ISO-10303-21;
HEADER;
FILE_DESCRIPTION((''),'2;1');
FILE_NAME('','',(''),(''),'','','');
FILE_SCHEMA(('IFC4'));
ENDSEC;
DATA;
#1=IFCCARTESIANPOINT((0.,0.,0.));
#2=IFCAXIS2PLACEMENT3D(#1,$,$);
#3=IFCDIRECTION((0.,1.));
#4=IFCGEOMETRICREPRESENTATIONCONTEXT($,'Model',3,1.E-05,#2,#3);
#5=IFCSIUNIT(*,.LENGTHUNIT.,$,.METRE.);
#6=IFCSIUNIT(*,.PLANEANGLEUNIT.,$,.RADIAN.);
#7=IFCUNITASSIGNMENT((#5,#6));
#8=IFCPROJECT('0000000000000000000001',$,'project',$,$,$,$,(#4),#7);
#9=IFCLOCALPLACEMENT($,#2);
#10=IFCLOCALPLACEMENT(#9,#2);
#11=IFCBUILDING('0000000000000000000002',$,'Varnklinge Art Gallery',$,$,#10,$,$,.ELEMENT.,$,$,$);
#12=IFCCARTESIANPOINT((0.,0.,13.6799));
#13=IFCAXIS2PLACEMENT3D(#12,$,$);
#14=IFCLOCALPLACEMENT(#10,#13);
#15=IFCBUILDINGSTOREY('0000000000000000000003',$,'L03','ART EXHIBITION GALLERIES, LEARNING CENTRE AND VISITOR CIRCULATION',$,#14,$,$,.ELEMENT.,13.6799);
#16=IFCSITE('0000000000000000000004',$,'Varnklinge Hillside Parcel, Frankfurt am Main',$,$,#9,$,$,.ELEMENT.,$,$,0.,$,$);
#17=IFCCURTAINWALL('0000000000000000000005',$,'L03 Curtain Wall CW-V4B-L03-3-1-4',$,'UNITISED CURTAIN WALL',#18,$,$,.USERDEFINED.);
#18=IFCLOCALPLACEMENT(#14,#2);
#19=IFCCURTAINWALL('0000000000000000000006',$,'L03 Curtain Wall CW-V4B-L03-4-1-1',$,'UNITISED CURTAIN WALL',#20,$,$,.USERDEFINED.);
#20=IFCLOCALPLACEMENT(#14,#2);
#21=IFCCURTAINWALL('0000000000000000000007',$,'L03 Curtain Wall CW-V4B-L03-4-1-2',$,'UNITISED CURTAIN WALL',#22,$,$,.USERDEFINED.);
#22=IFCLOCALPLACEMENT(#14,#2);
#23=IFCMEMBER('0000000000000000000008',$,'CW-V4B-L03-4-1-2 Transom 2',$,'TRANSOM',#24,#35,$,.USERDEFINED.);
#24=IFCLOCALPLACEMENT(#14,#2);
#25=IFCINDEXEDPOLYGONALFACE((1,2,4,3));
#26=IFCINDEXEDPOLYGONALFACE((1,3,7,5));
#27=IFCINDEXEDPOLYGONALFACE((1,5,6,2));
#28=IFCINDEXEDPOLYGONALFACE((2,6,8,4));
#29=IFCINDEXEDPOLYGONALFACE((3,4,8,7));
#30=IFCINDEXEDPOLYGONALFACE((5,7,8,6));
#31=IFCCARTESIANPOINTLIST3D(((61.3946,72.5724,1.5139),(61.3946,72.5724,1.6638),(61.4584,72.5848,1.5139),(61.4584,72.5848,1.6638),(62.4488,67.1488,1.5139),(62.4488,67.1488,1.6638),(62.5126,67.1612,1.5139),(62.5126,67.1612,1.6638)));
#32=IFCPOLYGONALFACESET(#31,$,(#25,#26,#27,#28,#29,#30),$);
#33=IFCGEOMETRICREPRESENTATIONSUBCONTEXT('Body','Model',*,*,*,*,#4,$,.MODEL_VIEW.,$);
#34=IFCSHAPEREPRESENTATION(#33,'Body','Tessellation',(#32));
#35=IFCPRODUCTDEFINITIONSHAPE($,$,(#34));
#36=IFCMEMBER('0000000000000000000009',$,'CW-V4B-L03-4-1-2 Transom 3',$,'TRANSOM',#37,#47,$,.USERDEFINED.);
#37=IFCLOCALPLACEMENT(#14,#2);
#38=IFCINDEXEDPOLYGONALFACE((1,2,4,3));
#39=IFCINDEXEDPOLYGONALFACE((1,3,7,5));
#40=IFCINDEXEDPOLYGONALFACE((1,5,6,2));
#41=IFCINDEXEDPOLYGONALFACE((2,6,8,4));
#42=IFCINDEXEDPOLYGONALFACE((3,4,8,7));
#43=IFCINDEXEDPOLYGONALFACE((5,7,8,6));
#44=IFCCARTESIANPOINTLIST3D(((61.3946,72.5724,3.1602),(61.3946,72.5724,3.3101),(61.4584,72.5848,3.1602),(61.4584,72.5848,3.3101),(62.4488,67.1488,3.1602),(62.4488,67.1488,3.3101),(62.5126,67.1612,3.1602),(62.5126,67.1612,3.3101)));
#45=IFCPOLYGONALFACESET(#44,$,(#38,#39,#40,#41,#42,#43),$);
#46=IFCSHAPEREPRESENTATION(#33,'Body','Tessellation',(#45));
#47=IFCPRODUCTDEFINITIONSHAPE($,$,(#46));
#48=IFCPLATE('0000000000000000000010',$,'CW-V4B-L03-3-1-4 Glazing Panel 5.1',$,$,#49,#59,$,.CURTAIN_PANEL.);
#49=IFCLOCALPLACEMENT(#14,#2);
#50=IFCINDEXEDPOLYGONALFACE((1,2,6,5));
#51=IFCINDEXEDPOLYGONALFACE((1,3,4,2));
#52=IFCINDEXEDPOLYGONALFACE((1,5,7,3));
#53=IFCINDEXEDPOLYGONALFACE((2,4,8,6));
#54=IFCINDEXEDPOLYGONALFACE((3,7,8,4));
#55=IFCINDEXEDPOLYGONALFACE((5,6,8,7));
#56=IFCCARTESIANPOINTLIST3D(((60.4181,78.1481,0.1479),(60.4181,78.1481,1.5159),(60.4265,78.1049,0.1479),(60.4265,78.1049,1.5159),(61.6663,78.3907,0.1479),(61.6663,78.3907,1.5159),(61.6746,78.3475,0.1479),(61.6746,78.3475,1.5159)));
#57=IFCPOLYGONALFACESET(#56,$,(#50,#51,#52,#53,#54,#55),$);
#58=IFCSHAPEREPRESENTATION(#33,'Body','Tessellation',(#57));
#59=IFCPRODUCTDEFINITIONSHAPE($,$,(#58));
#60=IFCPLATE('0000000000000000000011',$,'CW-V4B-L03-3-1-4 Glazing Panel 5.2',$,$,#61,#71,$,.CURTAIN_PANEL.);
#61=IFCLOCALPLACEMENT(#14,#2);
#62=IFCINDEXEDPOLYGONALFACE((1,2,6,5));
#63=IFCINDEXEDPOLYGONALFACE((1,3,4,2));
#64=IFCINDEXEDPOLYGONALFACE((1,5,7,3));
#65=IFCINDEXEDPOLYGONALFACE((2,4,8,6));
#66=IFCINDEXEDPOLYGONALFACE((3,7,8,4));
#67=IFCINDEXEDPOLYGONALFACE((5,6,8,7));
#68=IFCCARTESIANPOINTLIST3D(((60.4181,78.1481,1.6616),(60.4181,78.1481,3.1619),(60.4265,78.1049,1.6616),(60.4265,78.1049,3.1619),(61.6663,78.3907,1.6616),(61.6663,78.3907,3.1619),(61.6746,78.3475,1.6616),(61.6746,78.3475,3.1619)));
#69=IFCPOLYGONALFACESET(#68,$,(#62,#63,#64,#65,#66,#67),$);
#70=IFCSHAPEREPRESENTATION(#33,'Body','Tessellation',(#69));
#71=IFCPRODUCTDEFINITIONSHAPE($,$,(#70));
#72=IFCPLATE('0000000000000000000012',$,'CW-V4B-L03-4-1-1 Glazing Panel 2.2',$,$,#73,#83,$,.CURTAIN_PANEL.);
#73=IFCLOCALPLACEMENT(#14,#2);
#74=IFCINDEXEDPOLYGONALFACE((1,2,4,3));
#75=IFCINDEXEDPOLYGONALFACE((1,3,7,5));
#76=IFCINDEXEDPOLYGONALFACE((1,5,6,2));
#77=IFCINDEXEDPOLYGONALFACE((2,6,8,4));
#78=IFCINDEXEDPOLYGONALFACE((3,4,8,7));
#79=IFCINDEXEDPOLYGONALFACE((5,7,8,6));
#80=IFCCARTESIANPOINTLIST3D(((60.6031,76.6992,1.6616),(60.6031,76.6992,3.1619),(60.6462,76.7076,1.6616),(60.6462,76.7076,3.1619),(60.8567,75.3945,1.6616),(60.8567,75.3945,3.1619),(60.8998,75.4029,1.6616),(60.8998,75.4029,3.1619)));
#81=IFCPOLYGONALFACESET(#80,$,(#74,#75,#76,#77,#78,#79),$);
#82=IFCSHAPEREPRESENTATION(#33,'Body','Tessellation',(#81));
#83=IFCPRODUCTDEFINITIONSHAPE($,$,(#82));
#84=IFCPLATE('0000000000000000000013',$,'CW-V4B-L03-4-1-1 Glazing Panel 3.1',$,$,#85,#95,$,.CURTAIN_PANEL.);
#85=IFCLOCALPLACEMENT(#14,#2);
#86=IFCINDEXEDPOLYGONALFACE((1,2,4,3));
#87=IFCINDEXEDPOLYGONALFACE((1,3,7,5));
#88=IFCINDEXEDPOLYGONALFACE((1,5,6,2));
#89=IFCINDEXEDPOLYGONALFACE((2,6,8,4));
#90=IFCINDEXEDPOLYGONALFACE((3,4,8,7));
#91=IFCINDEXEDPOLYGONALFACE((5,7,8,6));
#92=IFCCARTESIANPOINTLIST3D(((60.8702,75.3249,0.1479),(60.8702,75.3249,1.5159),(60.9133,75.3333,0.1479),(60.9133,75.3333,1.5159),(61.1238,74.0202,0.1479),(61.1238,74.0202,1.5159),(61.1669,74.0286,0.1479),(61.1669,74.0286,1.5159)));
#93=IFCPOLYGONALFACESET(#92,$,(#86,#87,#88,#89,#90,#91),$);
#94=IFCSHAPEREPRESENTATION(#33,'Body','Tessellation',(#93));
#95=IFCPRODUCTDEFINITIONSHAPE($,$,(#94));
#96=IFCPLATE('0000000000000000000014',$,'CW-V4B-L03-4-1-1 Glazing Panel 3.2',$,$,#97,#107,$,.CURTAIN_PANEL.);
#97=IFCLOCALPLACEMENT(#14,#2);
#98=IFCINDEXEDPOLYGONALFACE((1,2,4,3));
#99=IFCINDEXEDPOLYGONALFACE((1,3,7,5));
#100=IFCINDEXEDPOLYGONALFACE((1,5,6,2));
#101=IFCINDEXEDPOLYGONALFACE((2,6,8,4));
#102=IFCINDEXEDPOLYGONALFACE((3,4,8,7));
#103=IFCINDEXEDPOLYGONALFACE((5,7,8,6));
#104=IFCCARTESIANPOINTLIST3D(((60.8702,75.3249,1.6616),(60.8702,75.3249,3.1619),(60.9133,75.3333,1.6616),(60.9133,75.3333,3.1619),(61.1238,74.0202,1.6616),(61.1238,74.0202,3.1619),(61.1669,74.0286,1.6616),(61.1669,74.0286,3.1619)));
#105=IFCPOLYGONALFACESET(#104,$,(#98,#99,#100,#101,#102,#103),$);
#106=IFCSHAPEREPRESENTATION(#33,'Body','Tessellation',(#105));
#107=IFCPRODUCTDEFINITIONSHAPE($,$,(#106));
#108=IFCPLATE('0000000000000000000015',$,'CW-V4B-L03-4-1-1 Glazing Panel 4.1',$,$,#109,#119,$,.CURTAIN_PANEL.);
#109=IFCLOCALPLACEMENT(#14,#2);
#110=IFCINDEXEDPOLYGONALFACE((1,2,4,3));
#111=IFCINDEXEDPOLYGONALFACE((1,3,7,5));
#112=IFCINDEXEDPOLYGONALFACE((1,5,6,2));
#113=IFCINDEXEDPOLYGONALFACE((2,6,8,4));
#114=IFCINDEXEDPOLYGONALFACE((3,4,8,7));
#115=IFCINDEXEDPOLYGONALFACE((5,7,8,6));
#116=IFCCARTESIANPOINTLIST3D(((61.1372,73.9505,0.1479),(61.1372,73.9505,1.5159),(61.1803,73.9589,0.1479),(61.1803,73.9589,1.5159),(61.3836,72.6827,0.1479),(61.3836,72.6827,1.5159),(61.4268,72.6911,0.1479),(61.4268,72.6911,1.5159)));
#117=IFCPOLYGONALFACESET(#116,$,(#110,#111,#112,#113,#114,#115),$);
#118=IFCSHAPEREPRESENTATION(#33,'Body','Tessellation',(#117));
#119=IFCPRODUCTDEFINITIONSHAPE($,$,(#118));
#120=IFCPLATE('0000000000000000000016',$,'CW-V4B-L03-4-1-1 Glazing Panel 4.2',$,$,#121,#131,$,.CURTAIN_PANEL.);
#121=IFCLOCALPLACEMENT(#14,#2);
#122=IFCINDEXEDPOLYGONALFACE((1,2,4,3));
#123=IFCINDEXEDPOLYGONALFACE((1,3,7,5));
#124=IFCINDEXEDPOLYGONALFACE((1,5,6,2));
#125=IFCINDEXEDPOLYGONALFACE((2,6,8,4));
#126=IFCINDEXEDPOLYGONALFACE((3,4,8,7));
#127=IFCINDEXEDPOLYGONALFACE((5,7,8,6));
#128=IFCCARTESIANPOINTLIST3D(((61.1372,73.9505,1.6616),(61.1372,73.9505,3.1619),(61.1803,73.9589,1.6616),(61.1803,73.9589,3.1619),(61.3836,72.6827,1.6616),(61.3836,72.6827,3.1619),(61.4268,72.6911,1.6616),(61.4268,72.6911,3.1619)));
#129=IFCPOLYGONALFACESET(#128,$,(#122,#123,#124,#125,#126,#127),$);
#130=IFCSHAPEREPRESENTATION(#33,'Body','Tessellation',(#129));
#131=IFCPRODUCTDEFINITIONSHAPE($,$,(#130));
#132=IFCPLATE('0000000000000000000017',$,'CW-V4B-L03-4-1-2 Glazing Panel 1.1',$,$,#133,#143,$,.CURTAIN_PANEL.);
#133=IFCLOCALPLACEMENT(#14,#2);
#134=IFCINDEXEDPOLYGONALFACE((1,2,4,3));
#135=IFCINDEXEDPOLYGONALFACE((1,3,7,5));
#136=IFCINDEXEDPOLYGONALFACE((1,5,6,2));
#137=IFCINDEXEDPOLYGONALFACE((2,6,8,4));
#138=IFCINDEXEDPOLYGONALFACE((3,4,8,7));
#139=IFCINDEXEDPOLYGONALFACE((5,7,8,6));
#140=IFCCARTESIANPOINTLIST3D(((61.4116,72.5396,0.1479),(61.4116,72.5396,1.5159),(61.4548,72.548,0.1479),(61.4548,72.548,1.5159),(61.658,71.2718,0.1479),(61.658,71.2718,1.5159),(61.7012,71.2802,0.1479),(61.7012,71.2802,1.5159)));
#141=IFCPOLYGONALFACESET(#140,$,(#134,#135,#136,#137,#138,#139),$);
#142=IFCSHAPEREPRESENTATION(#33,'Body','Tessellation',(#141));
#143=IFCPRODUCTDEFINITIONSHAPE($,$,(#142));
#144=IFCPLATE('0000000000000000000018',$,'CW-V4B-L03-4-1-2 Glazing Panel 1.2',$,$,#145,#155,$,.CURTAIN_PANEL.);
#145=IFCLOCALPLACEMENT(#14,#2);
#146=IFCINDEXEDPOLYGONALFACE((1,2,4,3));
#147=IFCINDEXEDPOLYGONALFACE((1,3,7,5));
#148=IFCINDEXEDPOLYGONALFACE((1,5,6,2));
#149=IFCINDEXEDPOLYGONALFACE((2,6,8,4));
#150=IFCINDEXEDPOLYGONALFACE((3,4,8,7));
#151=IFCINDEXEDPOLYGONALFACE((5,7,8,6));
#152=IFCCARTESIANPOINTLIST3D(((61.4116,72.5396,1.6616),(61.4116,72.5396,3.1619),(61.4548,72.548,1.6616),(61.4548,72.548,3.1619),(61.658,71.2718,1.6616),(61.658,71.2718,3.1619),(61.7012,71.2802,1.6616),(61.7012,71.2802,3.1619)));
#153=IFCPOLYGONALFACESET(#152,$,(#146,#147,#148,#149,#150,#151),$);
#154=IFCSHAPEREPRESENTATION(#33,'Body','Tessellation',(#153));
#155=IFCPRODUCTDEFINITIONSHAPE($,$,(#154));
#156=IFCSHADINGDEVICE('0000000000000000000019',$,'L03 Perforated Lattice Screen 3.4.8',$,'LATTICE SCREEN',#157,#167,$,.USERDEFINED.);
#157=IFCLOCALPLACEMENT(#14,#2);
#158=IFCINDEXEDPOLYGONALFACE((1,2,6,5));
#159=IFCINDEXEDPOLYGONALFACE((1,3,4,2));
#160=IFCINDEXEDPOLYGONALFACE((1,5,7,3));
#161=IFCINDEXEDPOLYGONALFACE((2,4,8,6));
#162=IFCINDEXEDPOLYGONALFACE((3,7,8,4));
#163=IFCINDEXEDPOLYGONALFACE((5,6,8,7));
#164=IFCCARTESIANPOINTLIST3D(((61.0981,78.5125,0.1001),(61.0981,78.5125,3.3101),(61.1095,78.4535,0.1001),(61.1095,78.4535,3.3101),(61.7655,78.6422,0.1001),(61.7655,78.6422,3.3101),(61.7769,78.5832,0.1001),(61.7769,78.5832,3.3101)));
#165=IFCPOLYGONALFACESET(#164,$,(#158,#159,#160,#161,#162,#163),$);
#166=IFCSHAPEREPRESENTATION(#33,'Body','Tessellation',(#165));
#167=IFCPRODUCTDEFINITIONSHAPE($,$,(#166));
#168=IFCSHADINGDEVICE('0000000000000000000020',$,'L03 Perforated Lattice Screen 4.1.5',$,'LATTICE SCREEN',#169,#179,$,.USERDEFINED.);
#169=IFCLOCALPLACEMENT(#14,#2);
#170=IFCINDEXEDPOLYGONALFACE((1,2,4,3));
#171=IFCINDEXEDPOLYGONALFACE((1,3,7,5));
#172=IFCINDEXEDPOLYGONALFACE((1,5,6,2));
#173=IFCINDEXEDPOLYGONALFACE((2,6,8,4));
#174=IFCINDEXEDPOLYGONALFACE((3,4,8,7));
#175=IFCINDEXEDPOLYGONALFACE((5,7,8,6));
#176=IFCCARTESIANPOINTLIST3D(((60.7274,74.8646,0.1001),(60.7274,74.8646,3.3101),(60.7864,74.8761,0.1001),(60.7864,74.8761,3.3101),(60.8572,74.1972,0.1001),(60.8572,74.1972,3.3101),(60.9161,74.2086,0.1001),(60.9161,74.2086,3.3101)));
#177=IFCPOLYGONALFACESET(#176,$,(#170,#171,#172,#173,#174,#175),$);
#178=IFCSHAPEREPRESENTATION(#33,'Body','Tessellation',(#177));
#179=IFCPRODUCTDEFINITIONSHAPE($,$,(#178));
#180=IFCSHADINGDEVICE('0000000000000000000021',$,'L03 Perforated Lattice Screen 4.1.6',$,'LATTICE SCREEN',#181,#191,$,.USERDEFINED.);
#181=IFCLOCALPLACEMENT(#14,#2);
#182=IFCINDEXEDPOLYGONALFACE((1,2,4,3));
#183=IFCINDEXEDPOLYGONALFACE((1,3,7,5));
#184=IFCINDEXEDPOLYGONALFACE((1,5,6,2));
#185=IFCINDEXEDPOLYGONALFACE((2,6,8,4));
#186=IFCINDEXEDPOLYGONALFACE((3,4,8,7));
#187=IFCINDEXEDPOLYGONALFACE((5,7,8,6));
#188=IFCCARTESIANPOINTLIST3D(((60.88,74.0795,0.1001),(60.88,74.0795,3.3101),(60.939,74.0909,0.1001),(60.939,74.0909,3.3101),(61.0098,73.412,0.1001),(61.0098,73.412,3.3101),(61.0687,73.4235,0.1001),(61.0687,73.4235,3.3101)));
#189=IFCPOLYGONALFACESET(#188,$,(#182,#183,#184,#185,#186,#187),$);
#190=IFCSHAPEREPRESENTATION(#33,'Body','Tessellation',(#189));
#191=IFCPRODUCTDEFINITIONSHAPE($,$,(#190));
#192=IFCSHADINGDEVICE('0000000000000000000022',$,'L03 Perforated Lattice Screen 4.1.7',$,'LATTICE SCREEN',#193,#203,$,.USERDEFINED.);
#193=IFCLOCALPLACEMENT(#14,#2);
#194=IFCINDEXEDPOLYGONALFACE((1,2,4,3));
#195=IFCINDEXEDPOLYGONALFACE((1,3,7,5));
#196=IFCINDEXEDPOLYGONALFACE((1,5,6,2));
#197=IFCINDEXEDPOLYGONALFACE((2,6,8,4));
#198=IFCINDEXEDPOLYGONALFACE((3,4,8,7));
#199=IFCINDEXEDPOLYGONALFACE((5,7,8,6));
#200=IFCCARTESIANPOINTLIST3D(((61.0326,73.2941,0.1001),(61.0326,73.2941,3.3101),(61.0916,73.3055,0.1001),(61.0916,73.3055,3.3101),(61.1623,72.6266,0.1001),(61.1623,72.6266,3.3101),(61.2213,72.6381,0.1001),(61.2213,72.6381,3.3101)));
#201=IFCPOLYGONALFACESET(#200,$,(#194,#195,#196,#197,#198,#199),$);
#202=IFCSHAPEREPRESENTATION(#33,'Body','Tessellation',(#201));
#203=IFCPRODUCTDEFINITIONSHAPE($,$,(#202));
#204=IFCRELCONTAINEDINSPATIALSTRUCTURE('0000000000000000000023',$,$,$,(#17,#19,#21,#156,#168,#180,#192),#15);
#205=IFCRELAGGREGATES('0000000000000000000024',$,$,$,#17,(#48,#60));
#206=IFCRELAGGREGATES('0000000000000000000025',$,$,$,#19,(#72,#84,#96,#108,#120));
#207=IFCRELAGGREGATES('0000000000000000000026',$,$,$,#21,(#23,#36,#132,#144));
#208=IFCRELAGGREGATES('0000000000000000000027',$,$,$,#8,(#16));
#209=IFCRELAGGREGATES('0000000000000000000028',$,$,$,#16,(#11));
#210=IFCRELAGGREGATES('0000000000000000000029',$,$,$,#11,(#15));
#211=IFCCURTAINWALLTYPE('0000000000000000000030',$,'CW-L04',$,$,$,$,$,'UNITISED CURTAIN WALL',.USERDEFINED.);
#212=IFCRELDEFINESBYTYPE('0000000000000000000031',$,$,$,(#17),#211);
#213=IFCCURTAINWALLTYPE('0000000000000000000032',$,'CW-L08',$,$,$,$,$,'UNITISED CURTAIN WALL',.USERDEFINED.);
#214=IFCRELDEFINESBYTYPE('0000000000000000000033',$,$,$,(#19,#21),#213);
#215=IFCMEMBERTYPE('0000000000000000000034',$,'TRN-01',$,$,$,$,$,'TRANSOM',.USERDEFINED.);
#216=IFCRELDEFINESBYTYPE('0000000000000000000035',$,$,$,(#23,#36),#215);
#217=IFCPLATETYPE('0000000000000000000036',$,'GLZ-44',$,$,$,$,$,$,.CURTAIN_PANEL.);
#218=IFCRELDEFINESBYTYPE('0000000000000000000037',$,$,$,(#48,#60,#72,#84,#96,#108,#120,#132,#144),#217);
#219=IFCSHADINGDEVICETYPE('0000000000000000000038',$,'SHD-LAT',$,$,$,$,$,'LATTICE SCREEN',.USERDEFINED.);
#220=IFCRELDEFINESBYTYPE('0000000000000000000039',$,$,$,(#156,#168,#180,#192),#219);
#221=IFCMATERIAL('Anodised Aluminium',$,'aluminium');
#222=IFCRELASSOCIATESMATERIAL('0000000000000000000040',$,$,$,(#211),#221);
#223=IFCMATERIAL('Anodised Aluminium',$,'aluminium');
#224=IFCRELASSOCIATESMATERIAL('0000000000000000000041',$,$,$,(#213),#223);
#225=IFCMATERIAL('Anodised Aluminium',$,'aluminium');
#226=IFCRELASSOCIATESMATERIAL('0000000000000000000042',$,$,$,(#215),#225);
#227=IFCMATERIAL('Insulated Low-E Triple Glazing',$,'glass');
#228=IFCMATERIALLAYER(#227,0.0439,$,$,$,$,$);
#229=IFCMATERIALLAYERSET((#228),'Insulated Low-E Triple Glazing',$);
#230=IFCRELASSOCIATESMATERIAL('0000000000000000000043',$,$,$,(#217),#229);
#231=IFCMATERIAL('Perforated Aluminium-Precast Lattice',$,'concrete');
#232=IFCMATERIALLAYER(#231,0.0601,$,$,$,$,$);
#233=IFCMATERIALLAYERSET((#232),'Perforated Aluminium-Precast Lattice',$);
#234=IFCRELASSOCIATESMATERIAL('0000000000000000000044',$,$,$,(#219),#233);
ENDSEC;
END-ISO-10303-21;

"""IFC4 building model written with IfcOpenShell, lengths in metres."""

from ifc_helpers import new_model, si_unit, direction, frame, origin, origin_2d, place, context, subcontext, project, spatial, rectangle, extrude, material, layer, layer_set, material_profile, profile_set, type_object, element, aggregate, save


model = new_model("IFC4")

# Units and contexts
model_context = context("Model", 3, precision=1e-05, world=origin(), true_north=direction((0.0, 1.0)))
body_context = subcontext(model_context, "Body", "Model", "MODEL_VIEW")
ifc_project = project(units=[si_unit("LENGTHUNIT", "METRE"), si_unit("PLANEANGLEUNIT", "RADIAN")], contexts=[model_context])

# Site, building, storey
site_placement = place(None, origin())
site = spatial("IfcSite", under=ifc_project, at=site_placement, Name="Varnklinge Hillside Parcel, Frankfurt am Main", CompositionType="ELEMENT", RefElevation=0.0)
building_placement = place(site_placement, origin())
building = spatial("IfcBuilding", under=site, at=building_placement, Name="Varnklinge Art Gallery", CompositionType="ELEMENT")
storey_placement = place(building_placement, frame((0.0, 0.0, 13.6799)))
storey = spatial("IfcBuildingStorey", under=building, at=storey_placement, Name="L03", Description="ART EXHIBITION GALLERIES, LEARNING CENTRE AND VISITOR CIRCULATION", CompositionType="ELEMENT", Elevation=13.6799)

# Curtain wall
ifc_material_1 = material(Name="Anodised Aluminium", Category="aluminium")
curtain_wall_type_1 = type_object("IfcCurtainWallType", Name="CW-L04", ElementType="UNITISED CURTAIN WALL", PredefinedType="USERDEFINED", material=ifc_material_1)
curtain_wall_1_placement = place(storey_placement, origin())
curtain_wall_1 = element("IfcCurtainWall", 1, at=curtain_wall_1_placement, inside=storey, type_object=curtain_wall_type_1, Name="L03 Curtain Wall CW-V4B-L03-3-1-4", ObjectType="UNITISED CURTAIN WALL", PredefinedType="USERDEFINED")

# Curtain walls
ifc_material_2 = material(Name="Anodised Aluminium", Category="aluminium")
curtain_wall_type_2 = type_object("IfcCurtainWallType", Name="CW-L08", ElementType="UNITISED CURTAIN WALL", PredefinedType="USERDEFINED", material=ifc_material_2)
curtain_wall_2_placement = place(storey_placement, origin())
curtain_wall_2 = element("IfcCurtainWall", 2, at=curtain_wall_2_placement, inside=storey, type_object=curtain_wall_type_2, Name="L03 Curtain Wall CW-V4B-L03-4-1-1", ObjectType="UNITISED CURTAIN WALL", PredefinedType="USERDEFINED")
curtain_wall_3_placement = place(storey_placement, origin())
curtain_wall_3 = element("IfcCurtainWall", 3, at=curtain_wall_3_placement, inside=storey, type_object=curtain_wall_type_2, Name="L03 Curtain Wall CW-V4B-L03-4-1-2", ObjectType="UNITISED CURTAIN WALL", PredefinedType="USERDEFINED")

# Members
ifc_material_3 = material(Name="Anodised Aluminium", Category="aluminium")
ifc_material_profile_1 = material_profile(ifc_material_3, rectangle(XDim=0.0649, YDim=0.1499, at=origin_2d()), Name="ALU 65x150")
ifc_profile_set_1 = profile_set([ifc_material_profile_1], Name="Anodised Aluminium")
member_type_1 = type_object("IfcMemberType", Name="TRN-01", ElementType="TRANSOM", PredefinedType="USERDEFINED", material=ifc_profile_set_1)
member_1_placement = place(storey_placement, frame((61.4265, 72.5786, 1.5889), z_axis=(0.190802, -0.981628, 0.0), x_axis=(0.981628, 0.190802, 0.0)))
member_1 = element("IfcMember", 4, at=member_1_placement, type_object=member_type_1, Name="CW-V4B-L03-4-1-2 Transom 2", ObjectType="TRANSOM", PredefinedType="USERDEFINED", context=body_context, shape_type="SweptSolid", body=[
    extrude(rectangle(XDim=0.0649, YDim=0.1499, at=origin_2d()), origin(), (0.0, 0.0, 1.0), 5.5251),
])
member_2_placement = place(storey_placement, frame((61.4265, 72.5786, 3.2351), z_axis=(0.190802, -0.981628, 0.0), x_axis=(0.981628, 0.190802, 0.0)))
member_2 = element("IfcMember", 5, at=member_2_placement, type_object=member_type_1, Name="CW-V4B-L03-4-1-2 Transom 3", ObjectType="TRANSOM", PredefinedType="USERDEFINED", context=body_context, shape_type="SweptSolid", body=[
    extrude(rectangle(XDim=0.0649, YDim=0.1499, at=origin_2d()), origin(), (0.0, 0.0, 1.0), 5.5251),
])

# Plates
ifc_material_4 = material(Name="Insulated Low-E Triple Glazing", Category="glass")
ifc_layer_1 = layer(ifc_material_4, 0.0439)
ifc_layer_set_1 = layer_set([ifc_layer_1], Name="Insulated Low-E Triple Glazing")
plate_type = type_object("IfcPlateType", Name="GLZ-44", PredefinedType="CURTAIN_PANEL", material=ifc_layer_set_1)
plate_1_placement = place(storey_placement, frame((61.0464, 78.2478, 0.1479), z_axis=(0.0, 0.0, 1.0), x_axis=(-0.981627, -0.190809, 0.0)))
plate_1 = element("IfcPlate", 6, at=plate_1_placement, type_object=plate_type, Name="CW-V4B-L03-3-1-4 Glazing Panel 5.1", PredefinedType="CURTAIN_PANEL", context=body_context, shape_type="SweptSolid", body=[
    extrude(rectangle(XDim=1.2715, YDim=0.0439, at=origin_2d()), origin(), (0.0, 0.0, 1.0), 1.3679),
])
plate_2_placement = place(storey_placement, frame((61.0464, 78.2478, 1.6616), z_axis=(0.0, 0.0, 1.0), x_axis=(-0.981627, -0.190809, 0.0)))
plate_2 = element("IfcPlate", 7, at=plate_2_placement, type_object=plate_type, Name="CW-V4B-L03-3-1-4 Glazing Panel 5.2", PredefinedType="CURTAIN_PANEL", context=body_context, shape_type="SweptSolid", body=[
    extrude(rectangle(XDim=1.2715, YDim=0.0439, at=origin_2d()), origin(), (0.0, 0.0, 1.0), 1.5002),
])
aggregate(curtain_wall_1, [plate_1, plate_2])
plate_3_placement = place(storey_placement, frame((60.7515, 76.051, 1.6616), z_axis=(0.0, 0.0, 1.0), x_axis=(0.190809, -0.981627, 0.0)))
plate_3 = element("IfcPlate", 8, at=plate_3_placement, type_object=plate_type, Name="CW-V4B-L03-4-1-1 Glazing Panel 2.2", PredefinedType="CURTAIN_PANEL", context=body_context, shape_type="SweptSolid", body=[
    extrude(rectangle(XDim=1.3291, YDim=0.0439, at=origin_2d()), origin(), (0.0, 0.0, 1.0), 1.5002),
])
plate_4_placement = place(storey_placement, frame((61.0186, 74.6768, 0.1479), z_axis=(0.0, 0.0, 1.0), x_axis=(0.190809, -0.981627, 0.0)))
plate_4 = element("IfcPlate", 9, at=plate_4_placement, type_object=plate_type, Name="CW-V4B-L03-4-1-1 Glazing Panel 3.1", PredefinedType="CURTAIN_PANEL", context=body_context, shape_type="SweptSolid", body=[
    extrude(rectangle(XDim=1.3291, YDim=0.0439, at=origin_2d()), origin(), (0.0, 0.0, 1.0), 1.3679),
])
plate_5_placement = place(storey_placement, frame((61.0186, 74.6768, 1.6616), z_axis=(0.0, 0.0, 1.0), x_axis=(0.190809, -0.981627, 0.0)))
plate_5 = element("IfcPlate", 10, at=plate_5_placement, type_object=plate_type, Name="CW-V4B-L03-4-1-1 Glazing Panel 3.2", PredefinedType="CURTAIN_PANEL", context=body_context, shape_type="SweptSolid", body=[
    extrude(rectangle(XDim=1.3291, YDim=0.0439, at=origin_2d()), origin(), (0.0, 0.0, 1.0), 1.5002),
])
plate_6_placement = place(storey_placement, frame((61.282, 73.3208, 0.1479), z_axis=(0.0, 0.0, 1.0), x_axis=(0.190809, -0.981627, 0.0)))
plate_6 = element("IfcPlate", 11, at=plate_6_placement, type_object=plate_type, Name="CW-V4B-L03-4-1-1 Glazing Panel 4.1", PredefinedType="CURTAIN_PANEL", context=body_context, shape_type="SweptSolid", body=[
    extrude(rectangle(XDim=1.2915, YDim=0.0439, at=origin_2d()), origin(), (0.0, 0.0, 1.0), 1.3679),
])
plate_7_placement = place(storey_placement, frame((61.282, 73.3208, 1.6616), z_axis=(0.0, 0.0, 1.0), x_axis=(0.190809, -0.981627, 0.0)))
plate_7 = element("IfcPlate", 12, at=plate_7_placement, type_object=plate_type, Name="CW-V4B-L03-4-1-1 Glazing Panel 4.2", PredefinedType="CURTAIN_PANEL", context=body_context, shape_type="SweptSolid", body=[
    extrude(rectangle(XDim=1.2915, YDim=0.0439, at=origin_2d()), origin(), (0.0, 0.0, 1.0), 1.5002),
])
aggregate(curtain_wall_2, [plate_3, plate_4, plate_5, plate_6, plate_7])
plate_8_placement = place(storey_placement, frame((61.5564, 71.9099, 0.1479), z_axis=(0.0, 0.0, 1.0), x_axis=(0.190809, -0.981627, 0.0)))
plate_8 = element("IfcPlate", 13, at=plate_8_placement, type_object=plate_type, Name="CW-V4B-L03-4-1-2 Glazing Panel 1.1", PredefinedType="CURTAIN_PANEL", context=body_context, shape_type="SweptSolid", body=[
    extrude(rectangle(XDim=1.2915, YDim=0.0439, at=origin_2d()), origin(), (0.0, 0.0, 1.0), 1.3679),
])
plate_9_placement = place(storey_placement, frame((61.5564, 71.9099, 1.6616), z_axis=(0.0, 0.0, 1.0), x_axis=(0.190809, -0.981627, 0.0)))
plate_9 = element("IfcPlate", 14, at=plate_9_placement, type_object=plate_type, Name="CW-V4B-L03-4-1-2 Glazing Panel 1.2", PredefinedType="CURTAIN_PANEL", context=body_context, shape_type="SweptSolid", body=[
    extrude(rectangle(XDim=1.2915, YDim=0.0439, at=origin_2d()), origin(), (0.0, 0.0, 1.0), 1.5002),
])
aggregate(curtain_wall_3, [member_1, member_2, plate_8, plate_9])

# Shading devices
ifc_material_5 = material(Name="Perforated Aluminium-Precast Lattice", Category="concrete")
ifc_layer_2 = layer(ifc_material_5, 0.0601)
ifc_layer_set_2 = layer_set([ifc_layer_2], Name="Perforated Aluminium-Precast Lattice")
shading_device_type = type_object("IfcShadingDeviceType", Name="SHD-LAT", ElementType="LATTICE SCREEN", PredefinedType="USERDEFINED", material=ifc_layer_set_2)
for number, where, z_axis, x_axis, name in (
    (15, (61.4375, 78.5479, 0.1001), (0.0, 0.0, 1.0), (-0.981627, -0.190809, 0.0), "L03 Perforated Lattice Screen 3.4.8"),
    (16, (60.8218, 74.5366, 0.1001), (0.0, 0.0, 1.0), (0.190809, -0.981627, 0.0), "L03 Perforated Lattice Screen 4.1.5"),
    (17, (60.9744, 73.7515, 0.1001), (0.0, 0.0, 1.0), (0.190809, -0.981627, 0.0), "L03 Perforated Lattice Screen 4.1.6"),
    (18, (61.127, 72.9661, 0.1001), (0.0, 0.0, 1.0), (0.190809, -0.981627, 0.0), "L03 Perforated Lattice Screen 4.1.7"),
):
    element("IfcShadingDevice", number, at=place(storey_placement, frame(where, z_axis=z_axis, x_axis=x_axis)), inside=storey, type_object=shading_device_type, Name=name, ObjectType="LATTICE SCREEN", PredefinedType="USERDEFINED", context=body_context, shape_type="SweptSolid", body=[
        extrude(rectangle(XDim=0.6799, YDim=0.0601, at=origin_2d()), origin(), (0.0, 0.0, 1.0), 3.21),
    ])

save(model, "model.ifc")
